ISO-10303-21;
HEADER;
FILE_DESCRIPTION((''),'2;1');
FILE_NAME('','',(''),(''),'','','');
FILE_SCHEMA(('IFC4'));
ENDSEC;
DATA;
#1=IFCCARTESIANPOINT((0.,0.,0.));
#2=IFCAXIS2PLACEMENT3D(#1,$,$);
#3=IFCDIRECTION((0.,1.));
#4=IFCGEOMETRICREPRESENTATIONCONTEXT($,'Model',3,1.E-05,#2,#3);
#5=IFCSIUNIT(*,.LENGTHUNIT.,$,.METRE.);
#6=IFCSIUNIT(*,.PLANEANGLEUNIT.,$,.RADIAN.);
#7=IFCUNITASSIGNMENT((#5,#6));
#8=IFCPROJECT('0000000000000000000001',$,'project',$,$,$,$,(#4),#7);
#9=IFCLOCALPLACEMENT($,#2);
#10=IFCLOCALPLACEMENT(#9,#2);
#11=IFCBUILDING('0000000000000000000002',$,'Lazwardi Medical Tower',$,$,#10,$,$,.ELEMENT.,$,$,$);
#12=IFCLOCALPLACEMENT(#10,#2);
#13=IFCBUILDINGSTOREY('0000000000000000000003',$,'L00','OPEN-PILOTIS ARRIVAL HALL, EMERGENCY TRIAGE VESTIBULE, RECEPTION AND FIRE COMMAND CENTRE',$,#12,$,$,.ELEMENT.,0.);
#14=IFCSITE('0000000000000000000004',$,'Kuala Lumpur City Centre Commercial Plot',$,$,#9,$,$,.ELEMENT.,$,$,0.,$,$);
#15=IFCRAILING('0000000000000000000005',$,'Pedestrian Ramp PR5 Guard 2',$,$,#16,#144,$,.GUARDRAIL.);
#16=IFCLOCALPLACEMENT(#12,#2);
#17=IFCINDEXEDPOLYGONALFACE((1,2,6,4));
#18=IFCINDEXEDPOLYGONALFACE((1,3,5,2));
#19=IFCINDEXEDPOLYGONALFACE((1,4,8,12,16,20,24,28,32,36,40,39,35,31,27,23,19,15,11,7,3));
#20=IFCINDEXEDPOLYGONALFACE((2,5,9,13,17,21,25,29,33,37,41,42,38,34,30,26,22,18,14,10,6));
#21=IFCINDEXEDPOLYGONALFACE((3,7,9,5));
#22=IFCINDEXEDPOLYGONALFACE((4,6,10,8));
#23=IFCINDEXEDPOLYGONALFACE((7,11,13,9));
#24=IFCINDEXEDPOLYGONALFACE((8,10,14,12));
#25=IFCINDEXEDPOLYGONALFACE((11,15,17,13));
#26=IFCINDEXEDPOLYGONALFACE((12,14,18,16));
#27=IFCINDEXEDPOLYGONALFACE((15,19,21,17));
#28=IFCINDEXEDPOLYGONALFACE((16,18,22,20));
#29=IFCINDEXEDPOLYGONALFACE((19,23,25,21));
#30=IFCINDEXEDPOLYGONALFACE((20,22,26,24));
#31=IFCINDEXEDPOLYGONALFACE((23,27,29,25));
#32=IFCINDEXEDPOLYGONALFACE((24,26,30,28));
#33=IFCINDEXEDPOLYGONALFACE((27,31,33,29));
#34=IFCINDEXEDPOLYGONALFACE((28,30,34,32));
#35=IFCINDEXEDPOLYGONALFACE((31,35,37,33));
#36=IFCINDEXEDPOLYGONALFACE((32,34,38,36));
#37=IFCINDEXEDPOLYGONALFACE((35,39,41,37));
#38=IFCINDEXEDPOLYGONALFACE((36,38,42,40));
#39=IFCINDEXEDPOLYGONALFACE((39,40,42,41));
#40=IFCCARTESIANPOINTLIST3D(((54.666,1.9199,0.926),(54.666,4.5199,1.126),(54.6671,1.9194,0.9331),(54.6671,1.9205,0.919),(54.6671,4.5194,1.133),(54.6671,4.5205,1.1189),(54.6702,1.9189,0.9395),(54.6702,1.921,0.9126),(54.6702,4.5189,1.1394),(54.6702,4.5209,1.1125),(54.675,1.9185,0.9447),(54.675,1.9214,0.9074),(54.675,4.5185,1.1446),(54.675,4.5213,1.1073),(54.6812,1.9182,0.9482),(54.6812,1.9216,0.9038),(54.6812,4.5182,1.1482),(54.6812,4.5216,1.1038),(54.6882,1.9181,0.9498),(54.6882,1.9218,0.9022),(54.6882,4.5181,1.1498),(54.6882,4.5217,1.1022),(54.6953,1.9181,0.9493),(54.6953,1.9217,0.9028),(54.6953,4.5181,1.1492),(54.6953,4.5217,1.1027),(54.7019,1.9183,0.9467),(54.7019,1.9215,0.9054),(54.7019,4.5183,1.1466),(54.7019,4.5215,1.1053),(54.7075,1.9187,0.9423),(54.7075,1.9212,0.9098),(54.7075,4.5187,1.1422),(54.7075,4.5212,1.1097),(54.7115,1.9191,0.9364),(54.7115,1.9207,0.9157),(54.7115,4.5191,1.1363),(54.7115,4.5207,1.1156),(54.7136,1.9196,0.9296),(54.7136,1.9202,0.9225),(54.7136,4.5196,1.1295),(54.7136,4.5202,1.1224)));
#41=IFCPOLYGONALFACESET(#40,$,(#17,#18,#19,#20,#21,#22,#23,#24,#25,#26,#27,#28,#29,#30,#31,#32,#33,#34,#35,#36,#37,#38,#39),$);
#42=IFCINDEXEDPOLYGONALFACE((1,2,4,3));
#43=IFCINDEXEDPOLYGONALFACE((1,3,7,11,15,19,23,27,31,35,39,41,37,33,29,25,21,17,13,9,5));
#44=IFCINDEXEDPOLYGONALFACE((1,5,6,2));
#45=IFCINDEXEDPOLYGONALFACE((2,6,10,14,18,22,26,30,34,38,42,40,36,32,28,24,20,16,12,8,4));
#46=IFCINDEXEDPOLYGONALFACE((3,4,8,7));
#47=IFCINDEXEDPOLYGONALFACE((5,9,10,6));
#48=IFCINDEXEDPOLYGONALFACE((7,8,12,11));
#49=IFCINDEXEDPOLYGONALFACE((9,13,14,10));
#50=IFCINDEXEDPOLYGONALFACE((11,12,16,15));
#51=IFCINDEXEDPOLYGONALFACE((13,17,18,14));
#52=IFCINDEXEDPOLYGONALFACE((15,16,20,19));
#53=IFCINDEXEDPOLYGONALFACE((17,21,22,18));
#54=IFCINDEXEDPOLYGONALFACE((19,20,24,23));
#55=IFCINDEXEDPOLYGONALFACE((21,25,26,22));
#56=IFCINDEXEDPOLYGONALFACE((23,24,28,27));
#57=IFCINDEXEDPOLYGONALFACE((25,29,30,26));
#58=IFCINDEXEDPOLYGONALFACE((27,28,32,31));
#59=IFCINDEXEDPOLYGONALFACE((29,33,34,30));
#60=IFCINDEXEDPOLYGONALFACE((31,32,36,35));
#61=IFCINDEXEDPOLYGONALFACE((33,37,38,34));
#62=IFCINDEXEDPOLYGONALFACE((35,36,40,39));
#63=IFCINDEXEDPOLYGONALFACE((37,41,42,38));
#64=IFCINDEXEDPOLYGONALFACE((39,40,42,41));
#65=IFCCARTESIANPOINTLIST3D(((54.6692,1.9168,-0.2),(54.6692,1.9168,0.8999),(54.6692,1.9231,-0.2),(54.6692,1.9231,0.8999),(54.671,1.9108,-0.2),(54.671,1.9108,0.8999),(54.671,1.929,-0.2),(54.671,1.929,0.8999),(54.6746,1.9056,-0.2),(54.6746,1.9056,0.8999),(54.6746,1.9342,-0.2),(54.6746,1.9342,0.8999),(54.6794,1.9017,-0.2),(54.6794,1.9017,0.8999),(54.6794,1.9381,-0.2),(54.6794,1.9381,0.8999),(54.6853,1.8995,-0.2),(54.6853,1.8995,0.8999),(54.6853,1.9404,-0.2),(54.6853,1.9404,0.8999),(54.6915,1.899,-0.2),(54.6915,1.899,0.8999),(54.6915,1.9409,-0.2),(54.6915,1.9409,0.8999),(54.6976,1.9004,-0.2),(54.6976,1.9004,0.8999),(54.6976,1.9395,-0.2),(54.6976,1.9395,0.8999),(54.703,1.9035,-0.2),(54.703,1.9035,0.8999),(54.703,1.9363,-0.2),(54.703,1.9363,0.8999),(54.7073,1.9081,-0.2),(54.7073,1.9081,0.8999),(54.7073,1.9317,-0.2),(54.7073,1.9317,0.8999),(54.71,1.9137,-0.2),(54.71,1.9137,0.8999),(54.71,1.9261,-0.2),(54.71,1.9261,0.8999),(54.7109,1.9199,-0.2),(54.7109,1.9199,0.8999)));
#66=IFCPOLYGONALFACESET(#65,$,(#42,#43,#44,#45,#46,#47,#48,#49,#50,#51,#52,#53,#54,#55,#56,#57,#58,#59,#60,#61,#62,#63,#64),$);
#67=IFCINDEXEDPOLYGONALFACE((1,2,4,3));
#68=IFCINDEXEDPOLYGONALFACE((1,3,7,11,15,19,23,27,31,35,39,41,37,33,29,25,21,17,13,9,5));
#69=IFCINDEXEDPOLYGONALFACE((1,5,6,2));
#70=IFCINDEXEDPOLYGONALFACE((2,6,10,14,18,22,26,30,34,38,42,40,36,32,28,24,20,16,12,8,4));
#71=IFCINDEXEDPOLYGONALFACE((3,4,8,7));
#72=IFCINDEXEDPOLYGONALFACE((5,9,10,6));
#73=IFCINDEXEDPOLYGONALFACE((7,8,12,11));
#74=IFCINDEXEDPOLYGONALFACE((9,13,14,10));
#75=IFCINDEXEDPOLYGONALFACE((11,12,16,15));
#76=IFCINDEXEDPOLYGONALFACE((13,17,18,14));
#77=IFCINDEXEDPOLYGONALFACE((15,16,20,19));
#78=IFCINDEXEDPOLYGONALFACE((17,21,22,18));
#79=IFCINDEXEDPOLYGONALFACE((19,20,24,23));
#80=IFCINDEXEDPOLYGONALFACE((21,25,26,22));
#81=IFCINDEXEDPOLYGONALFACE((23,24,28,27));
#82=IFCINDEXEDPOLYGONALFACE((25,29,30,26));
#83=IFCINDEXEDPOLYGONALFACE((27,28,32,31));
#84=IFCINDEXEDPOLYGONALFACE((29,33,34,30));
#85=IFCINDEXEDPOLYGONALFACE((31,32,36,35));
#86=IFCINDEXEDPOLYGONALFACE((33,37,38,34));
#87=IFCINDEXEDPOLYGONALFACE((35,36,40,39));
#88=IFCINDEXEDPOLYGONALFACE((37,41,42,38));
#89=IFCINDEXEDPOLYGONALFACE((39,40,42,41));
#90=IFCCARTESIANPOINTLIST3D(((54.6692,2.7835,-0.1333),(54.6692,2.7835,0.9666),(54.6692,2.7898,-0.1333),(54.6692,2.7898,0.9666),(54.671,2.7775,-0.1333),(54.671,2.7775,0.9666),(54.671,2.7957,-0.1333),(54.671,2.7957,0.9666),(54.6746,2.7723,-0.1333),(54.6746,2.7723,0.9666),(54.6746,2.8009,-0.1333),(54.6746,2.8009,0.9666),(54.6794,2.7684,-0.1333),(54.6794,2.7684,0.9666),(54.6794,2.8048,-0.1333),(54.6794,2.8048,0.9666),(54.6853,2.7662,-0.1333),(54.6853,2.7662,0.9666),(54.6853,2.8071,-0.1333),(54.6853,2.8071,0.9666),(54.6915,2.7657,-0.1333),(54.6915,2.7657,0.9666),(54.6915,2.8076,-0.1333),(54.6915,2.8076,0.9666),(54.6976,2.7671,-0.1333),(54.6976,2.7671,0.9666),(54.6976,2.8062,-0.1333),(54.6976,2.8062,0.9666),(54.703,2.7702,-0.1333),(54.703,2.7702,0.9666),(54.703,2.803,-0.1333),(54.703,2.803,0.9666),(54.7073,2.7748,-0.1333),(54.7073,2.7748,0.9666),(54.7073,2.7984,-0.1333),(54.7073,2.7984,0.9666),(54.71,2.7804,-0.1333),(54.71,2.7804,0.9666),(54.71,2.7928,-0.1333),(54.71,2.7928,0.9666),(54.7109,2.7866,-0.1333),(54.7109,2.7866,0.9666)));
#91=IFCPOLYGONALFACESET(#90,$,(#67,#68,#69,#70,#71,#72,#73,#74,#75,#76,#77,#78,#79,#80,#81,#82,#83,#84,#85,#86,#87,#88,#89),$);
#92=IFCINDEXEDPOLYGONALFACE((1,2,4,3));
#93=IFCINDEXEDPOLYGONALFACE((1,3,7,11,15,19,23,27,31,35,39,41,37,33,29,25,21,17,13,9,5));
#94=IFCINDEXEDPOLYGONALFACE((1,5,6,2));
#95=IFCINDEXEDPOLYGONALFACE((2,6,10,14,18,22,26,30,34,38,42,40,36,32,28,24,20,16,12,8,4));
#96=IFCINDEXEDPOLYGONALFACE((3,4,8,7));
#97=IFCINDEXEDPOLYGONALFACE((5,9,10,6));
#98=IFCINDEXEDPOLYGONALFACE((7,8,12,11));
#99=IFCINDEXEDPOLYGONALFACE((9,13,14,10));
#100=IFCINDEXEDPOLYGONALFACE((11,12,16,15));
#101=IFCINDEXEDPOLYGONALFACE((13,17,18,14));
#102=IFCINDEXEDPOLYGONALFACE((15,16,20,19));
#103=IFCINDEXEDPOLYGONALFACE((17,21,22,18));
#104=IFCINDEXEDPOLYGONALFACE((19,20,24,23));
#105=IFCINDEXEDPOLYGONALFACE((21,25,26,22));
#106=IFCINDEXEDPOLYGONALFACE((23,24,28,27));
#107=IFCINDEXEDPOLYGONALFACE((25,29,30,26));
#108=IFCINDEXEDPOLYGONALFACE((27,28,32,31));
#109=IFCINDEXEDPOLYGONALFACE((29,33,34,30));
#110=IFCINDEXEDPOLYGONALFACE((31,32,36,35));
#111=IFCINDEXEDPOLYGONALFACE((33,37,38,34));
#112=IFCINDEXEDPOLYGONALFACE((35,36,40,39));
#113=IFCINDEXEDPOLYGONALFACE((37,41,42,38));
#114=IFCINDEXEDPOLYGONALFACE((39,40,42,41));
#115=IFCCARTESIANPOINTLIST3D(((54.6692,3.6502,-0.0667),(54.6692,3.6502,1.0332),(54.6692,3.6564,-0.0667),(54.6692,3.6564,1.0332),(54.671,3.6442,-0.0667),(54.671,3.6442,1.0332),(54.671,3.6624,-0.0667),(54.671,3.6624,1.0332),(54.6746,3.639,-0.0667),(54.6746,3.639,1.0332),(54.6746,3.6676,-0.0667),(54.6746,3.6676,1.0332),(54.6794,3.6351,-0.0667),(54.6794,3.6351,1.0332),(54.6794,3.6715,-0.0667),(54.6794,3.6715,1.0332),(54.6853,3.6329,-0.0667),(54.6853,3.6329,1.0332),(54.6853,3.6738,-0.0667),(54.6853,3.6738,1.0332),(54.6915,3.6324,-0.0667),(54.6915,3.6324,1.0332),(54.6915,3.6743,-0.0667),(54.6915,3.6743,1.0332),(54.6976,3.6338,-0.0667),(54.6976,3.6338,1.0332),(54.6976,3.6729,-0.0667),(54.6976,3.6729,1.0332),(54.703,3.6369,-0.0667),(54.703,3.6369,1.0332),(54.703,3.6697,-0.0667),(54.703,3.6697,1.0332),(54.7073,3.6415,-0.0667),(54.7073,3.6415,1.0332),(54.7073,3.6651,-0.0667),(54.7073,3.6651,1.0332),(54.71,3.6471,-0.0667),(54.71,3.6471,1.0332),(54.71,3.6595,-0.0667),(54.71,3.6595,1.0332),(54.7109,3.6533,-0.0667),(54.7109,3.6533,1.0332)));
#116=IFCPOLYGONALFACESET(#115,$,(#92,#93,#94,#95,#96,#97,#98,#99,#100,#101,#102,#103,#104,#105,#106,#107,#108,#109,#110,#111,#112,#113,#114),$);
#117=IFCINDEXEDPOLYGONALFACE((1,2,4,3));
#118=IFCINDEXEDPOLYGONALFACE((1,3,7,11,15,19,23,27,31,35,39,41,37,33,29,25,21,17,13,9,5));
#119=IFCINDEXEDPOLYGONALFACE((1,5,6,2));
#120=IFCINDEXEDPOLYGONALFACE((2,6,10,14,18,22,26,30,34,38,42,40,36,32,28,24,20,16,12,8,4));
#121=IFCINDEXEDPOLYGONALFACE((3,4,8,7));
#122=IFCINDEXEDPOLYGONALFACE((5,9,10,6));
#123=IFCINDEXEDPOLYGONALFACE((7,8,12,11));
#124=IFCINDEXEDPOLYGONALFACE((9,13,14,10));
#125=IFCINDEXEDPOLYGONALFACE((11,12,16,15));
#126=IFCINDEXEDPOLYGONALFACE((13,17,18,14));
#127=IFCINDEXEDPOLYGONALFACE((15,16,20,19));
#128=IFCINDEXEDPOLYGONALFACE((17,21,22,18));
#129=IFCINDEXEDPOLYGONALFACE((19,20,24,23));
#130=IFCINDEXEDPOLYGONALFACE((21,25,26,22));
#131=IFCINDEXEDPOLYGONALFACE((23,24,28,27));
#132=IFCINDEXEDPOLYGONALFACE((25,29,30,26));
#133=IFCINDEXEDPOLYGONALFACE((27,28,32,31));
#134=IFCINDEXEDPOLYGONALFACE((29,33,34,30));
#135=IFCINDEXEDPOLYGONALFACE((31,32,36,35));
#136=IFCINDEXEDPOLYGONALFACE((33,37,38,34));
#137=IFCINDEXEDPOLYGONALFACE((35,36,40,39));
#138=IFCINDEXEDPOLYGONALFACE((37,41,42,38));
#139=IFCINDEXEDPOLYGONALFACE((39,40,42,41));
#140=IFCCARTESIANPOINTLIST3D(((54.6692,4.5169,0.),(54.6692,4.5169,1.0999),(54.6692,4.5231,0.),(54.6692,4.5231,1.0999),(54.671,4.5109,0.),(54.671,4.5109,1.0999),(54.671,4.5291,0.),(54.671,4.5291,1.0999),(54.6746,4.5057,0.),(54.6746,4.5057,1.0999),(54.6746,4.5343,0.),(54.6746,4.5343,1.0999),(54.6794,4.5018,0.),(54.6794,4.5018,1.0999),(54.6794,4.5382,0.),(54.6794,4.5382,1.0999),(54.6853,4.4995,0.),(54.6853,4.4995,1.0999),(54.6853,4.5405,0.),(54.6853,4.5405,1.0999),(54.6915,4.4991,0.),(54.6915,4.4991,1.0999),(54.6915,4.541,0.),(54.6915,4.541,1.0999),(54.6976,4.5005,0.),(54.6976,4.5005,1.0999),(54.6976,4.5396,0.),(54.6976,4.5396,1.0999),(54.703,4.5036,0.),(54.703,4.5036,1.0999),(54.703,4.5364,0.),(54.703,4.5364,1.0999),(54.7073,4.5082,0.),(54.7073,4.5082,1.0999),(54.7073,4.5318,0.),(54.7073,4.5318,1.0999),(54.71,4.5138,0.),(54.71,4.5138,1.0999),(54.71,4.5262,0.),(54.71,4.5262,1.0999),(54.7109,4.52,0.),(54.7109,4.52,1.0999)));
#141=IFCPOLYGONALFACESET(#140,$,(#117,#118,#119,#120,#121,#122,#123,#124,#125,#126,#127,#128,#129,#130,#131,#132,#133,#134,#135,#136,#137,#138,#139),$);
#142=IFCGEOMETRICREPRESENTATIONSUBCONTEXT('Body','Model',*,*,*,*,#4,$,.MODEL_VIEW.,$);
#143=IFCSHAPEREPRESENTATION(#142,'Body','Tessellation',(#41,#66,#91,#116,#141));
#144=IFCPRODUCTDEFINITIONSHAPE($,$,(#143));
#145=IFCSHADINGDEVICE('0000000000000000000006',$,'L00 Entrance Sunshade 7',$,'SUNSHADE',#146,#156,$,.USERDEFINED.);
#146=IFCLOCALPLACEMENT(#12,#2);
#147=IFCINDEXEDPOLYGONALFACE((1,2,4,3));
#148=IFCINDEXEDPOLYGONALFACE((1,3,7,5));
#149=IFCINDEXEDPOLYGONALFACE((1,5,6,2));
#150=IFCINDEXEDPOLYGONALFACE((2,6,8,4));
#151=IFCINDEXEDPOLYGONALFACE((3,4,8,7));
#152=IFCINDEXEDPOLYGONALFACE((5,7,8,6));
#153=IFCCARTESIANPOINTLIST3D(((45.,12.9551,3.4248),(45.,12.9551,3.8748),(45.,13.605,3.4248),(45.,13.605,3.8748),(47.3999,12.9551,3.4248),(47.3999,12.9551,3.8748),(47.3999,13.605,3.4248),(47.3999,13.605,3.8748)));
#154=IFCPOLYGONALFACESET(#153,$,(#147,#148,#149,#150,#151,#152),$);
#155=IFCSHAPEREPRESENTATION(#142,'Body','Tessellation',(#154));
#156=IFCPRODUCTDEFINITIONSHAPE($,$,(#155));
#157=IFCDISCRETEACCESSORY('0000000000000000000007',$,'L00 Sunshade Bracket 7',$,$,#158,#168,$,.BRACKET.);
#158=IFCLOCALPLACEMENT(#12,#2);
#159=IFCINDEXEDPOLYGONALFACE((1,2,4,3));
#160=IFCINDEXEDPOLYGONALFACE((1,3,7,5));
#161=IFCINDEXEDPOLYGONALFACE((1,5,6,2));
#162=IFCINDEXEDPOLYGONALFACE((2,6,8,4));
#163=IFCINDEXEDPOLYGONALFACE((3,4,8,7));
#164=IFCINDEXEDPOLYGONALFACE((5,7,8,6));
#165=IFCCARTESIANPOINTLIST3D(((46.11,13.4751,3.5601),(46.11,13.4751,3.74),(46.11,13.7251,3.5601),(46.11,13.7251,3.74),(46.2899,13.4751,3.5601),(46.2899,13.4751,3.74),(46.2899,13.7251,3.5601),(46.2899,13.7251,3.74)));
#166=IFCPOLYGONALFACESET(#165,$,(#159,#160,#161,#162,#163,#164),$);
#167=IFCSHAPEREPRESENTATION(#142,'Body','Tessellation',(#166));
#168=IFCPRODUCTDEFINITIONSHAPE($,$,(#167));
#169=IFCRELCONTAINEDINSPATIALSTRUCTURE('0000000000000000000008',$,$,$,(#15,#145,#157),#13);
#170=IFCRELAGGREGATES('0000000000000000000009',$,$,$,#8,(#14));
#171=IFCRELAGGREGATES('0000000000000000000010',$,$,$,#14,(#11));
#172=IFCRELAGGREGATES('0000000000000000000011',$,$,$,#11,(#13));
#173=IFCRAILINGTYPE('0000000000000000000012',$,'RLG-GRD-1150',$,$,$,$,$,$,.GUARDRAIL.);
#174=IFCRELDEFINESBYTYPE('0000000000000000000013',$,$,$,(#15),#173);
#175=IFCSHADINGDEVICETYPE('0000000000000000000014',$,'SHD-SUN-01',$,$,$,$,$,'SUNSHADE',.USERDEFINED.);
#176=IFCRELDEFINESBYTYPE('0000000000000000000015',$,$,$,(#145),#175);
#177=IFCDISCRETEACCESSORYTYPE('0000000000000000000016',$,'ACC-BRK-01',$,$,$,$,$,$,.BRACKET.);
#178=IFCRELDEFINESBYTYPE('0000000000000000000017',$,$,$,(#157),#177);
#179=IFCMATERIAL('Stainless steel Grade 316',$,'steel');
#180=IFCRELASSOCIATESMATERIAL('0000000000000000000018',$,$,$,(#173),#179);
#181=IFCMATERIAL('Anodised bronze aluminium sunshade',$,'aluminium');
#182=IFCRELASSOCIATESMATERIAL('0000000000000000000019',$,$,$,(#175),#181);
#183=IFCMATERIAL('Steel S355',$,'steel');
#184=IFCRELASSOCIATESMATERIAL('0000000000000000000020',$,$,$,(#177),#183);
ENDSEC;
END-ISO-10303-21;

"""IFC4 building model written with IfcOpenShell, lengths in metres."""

from ifc_helpers import new_model, si_unit, direction, frame, origin, origin_2d, place, context, subcontext, project, spatial, rectangle, circle, extrude, material, type_object, element, save


model = new_model("IFC4")

# Units and contexts
model_context = context("Model", 3, precision=1e-05, world=origin(), true_north=direction((0.0, 1.0)))
body_context = subcontext(model_context, "Body", "Model", "MODEL_VIEW")
ifc_project = project(units=[si_unit("LENGTHUNIT", "METRE"), si_unit("PLANEANGLEUNIT", "RADIAN")], contexts=[model_context])

# Site, building, storey
site_placement = place(None, origin())
site = spatial("IfcSite", under=ifc_project, at=site_placement, Name="Kuala Lumpur City Centre Commercial Plot", CompositionType="ELEMENT", RefElevation=0.0)
building_placement = place(site_placement, origin())
building = spatial("IfcBuilding", under=site, at=building_placement, Name="Lazwardi Medical Tower", CompositionType="ELEMENT")
storey_placement = place(building_placement, origin())
storey = spatial("IfcBuildingStorey", under=building, at=storey_placement, Name="L00", Description="OPEN-PILOTIS ARRIVAL HALL, EMERGENCY TRIAGE VESTIBULE, RECEPTION AND FIRE COMMAND CENTRE", CompositionType="ELEMENT", Elevation=0.0)

# Shared definitions
ifc_material_1 = material(Name="Steel S355", Category="steel")

# Railing
ifc_material_2 = material(Name="Stainless steel Grade 316", Category="steel")
railing_type = type_object("IfcRailingType", Name="RLG-GRD-1150", PredefinedType="GUARDRAIL", material=ifc_material_2)
for number, where, name in (
    (1, (54.6899, 1.9199, -0.2), "Pedestrian Ramp PR5 Guard 2"),
):
    element("IfcRailing", number, at=place(storey_placement, frame(where)), inside=storey, type_object=railing_type, Name=name, PredefinedType="GUARDRAIL", context=body_context, shape_type="SweptSolid", body=[
        extrude(circle(Radius=0.0239, at=origin_2d()), frame((0.0, 0.0, 1.126), z_axis=(0.0, 0.997056, 0.076675), x_axis=(-1.0, 0.0, 0.0)), (0.0, 0.0, 1.0), 2.6077),
        extrude(circle(Radius=0.021, at=origin_2d()), origin(), (0.0, 0.0, 1.0), 1.0999),
        extrude(circle(Radius=0.021, at=origin_2d()), frame((0.0, 0.8667, 0.0667)), (0.0, 0.0, 1.0), 1.0999),
        extrude(circle(Radius=0.021, at=origin_2d()), frame((0.0, 1.7334, 0.1333)), (0.0, 0.0, 1.0), 1.0999),
        extrude(circle(Radius=0.021, at=origin_2d()), frame((0.0, 2.6001, 0.2)), (0.0, 0.0, 1.0), 1.0999),
    ])

# Shading device
ifc_material_3 = material(Name="Anodised bronze aluminium sunshade", Category="aluminium")
shading_device_type = type_object("IfcShadingDeviceType", Name="SHD-SUN-01", ElementType="SUNSHADE", PredefinedType="USERDEFINED", material=ifc_material_3)
shading_device_placement = place(storey_placement, frame((46.2, 13.28, 3.4248), z_axis=(0.0, 0.0, 1.0), x_axis=(1.0, 0.0, 0.0)))
element("IfcShadingDevice", 2, at=shading_device_placement, inside=storey, type_object=shading_device_type, Name="L00 Entrance Sunshade 7", ObjectType="SUNSHADE", PredefinedType="USERDEFINED", context=body_context, shape_type="SweptSolid", body=[
    extrude(rectangle(XDim=2.3999, YDim=0.6499, at=origin_2d()), origin(), (0.0, 0.0, 1.0), 0.45),
])

# Discrete accessory
discrete_accessory_type = type_object("IfcDiscreteAccessoryType", Name="ACC-BRK-01", PredefinedType="BRACKET", material=ifc_material_1)
discrete_accessory_placement = place(storey_placement, frame((46.2, 13.6001, 3.5601), z_axis=(0.0, 0.0, 1.0), x_axis=(1.0, 0.0, 0.0)))
element("IfcDiscreteAccessory", 3, at=discrete_accessory_placement, inside=storey, type_object=discrete_accessory_type, Name="L00 Sunshade Bracket 7", PredefinedType="BRACKET", context=body_context, shape_type="SweptSolid", body=[
    extrude(rectangle(XDim=0.1799, YDim=0.25, at=origin_2d()), origin(), (0.0, 0.0, 1.0), 0.1799),
])

save(model, "model.ifc")
